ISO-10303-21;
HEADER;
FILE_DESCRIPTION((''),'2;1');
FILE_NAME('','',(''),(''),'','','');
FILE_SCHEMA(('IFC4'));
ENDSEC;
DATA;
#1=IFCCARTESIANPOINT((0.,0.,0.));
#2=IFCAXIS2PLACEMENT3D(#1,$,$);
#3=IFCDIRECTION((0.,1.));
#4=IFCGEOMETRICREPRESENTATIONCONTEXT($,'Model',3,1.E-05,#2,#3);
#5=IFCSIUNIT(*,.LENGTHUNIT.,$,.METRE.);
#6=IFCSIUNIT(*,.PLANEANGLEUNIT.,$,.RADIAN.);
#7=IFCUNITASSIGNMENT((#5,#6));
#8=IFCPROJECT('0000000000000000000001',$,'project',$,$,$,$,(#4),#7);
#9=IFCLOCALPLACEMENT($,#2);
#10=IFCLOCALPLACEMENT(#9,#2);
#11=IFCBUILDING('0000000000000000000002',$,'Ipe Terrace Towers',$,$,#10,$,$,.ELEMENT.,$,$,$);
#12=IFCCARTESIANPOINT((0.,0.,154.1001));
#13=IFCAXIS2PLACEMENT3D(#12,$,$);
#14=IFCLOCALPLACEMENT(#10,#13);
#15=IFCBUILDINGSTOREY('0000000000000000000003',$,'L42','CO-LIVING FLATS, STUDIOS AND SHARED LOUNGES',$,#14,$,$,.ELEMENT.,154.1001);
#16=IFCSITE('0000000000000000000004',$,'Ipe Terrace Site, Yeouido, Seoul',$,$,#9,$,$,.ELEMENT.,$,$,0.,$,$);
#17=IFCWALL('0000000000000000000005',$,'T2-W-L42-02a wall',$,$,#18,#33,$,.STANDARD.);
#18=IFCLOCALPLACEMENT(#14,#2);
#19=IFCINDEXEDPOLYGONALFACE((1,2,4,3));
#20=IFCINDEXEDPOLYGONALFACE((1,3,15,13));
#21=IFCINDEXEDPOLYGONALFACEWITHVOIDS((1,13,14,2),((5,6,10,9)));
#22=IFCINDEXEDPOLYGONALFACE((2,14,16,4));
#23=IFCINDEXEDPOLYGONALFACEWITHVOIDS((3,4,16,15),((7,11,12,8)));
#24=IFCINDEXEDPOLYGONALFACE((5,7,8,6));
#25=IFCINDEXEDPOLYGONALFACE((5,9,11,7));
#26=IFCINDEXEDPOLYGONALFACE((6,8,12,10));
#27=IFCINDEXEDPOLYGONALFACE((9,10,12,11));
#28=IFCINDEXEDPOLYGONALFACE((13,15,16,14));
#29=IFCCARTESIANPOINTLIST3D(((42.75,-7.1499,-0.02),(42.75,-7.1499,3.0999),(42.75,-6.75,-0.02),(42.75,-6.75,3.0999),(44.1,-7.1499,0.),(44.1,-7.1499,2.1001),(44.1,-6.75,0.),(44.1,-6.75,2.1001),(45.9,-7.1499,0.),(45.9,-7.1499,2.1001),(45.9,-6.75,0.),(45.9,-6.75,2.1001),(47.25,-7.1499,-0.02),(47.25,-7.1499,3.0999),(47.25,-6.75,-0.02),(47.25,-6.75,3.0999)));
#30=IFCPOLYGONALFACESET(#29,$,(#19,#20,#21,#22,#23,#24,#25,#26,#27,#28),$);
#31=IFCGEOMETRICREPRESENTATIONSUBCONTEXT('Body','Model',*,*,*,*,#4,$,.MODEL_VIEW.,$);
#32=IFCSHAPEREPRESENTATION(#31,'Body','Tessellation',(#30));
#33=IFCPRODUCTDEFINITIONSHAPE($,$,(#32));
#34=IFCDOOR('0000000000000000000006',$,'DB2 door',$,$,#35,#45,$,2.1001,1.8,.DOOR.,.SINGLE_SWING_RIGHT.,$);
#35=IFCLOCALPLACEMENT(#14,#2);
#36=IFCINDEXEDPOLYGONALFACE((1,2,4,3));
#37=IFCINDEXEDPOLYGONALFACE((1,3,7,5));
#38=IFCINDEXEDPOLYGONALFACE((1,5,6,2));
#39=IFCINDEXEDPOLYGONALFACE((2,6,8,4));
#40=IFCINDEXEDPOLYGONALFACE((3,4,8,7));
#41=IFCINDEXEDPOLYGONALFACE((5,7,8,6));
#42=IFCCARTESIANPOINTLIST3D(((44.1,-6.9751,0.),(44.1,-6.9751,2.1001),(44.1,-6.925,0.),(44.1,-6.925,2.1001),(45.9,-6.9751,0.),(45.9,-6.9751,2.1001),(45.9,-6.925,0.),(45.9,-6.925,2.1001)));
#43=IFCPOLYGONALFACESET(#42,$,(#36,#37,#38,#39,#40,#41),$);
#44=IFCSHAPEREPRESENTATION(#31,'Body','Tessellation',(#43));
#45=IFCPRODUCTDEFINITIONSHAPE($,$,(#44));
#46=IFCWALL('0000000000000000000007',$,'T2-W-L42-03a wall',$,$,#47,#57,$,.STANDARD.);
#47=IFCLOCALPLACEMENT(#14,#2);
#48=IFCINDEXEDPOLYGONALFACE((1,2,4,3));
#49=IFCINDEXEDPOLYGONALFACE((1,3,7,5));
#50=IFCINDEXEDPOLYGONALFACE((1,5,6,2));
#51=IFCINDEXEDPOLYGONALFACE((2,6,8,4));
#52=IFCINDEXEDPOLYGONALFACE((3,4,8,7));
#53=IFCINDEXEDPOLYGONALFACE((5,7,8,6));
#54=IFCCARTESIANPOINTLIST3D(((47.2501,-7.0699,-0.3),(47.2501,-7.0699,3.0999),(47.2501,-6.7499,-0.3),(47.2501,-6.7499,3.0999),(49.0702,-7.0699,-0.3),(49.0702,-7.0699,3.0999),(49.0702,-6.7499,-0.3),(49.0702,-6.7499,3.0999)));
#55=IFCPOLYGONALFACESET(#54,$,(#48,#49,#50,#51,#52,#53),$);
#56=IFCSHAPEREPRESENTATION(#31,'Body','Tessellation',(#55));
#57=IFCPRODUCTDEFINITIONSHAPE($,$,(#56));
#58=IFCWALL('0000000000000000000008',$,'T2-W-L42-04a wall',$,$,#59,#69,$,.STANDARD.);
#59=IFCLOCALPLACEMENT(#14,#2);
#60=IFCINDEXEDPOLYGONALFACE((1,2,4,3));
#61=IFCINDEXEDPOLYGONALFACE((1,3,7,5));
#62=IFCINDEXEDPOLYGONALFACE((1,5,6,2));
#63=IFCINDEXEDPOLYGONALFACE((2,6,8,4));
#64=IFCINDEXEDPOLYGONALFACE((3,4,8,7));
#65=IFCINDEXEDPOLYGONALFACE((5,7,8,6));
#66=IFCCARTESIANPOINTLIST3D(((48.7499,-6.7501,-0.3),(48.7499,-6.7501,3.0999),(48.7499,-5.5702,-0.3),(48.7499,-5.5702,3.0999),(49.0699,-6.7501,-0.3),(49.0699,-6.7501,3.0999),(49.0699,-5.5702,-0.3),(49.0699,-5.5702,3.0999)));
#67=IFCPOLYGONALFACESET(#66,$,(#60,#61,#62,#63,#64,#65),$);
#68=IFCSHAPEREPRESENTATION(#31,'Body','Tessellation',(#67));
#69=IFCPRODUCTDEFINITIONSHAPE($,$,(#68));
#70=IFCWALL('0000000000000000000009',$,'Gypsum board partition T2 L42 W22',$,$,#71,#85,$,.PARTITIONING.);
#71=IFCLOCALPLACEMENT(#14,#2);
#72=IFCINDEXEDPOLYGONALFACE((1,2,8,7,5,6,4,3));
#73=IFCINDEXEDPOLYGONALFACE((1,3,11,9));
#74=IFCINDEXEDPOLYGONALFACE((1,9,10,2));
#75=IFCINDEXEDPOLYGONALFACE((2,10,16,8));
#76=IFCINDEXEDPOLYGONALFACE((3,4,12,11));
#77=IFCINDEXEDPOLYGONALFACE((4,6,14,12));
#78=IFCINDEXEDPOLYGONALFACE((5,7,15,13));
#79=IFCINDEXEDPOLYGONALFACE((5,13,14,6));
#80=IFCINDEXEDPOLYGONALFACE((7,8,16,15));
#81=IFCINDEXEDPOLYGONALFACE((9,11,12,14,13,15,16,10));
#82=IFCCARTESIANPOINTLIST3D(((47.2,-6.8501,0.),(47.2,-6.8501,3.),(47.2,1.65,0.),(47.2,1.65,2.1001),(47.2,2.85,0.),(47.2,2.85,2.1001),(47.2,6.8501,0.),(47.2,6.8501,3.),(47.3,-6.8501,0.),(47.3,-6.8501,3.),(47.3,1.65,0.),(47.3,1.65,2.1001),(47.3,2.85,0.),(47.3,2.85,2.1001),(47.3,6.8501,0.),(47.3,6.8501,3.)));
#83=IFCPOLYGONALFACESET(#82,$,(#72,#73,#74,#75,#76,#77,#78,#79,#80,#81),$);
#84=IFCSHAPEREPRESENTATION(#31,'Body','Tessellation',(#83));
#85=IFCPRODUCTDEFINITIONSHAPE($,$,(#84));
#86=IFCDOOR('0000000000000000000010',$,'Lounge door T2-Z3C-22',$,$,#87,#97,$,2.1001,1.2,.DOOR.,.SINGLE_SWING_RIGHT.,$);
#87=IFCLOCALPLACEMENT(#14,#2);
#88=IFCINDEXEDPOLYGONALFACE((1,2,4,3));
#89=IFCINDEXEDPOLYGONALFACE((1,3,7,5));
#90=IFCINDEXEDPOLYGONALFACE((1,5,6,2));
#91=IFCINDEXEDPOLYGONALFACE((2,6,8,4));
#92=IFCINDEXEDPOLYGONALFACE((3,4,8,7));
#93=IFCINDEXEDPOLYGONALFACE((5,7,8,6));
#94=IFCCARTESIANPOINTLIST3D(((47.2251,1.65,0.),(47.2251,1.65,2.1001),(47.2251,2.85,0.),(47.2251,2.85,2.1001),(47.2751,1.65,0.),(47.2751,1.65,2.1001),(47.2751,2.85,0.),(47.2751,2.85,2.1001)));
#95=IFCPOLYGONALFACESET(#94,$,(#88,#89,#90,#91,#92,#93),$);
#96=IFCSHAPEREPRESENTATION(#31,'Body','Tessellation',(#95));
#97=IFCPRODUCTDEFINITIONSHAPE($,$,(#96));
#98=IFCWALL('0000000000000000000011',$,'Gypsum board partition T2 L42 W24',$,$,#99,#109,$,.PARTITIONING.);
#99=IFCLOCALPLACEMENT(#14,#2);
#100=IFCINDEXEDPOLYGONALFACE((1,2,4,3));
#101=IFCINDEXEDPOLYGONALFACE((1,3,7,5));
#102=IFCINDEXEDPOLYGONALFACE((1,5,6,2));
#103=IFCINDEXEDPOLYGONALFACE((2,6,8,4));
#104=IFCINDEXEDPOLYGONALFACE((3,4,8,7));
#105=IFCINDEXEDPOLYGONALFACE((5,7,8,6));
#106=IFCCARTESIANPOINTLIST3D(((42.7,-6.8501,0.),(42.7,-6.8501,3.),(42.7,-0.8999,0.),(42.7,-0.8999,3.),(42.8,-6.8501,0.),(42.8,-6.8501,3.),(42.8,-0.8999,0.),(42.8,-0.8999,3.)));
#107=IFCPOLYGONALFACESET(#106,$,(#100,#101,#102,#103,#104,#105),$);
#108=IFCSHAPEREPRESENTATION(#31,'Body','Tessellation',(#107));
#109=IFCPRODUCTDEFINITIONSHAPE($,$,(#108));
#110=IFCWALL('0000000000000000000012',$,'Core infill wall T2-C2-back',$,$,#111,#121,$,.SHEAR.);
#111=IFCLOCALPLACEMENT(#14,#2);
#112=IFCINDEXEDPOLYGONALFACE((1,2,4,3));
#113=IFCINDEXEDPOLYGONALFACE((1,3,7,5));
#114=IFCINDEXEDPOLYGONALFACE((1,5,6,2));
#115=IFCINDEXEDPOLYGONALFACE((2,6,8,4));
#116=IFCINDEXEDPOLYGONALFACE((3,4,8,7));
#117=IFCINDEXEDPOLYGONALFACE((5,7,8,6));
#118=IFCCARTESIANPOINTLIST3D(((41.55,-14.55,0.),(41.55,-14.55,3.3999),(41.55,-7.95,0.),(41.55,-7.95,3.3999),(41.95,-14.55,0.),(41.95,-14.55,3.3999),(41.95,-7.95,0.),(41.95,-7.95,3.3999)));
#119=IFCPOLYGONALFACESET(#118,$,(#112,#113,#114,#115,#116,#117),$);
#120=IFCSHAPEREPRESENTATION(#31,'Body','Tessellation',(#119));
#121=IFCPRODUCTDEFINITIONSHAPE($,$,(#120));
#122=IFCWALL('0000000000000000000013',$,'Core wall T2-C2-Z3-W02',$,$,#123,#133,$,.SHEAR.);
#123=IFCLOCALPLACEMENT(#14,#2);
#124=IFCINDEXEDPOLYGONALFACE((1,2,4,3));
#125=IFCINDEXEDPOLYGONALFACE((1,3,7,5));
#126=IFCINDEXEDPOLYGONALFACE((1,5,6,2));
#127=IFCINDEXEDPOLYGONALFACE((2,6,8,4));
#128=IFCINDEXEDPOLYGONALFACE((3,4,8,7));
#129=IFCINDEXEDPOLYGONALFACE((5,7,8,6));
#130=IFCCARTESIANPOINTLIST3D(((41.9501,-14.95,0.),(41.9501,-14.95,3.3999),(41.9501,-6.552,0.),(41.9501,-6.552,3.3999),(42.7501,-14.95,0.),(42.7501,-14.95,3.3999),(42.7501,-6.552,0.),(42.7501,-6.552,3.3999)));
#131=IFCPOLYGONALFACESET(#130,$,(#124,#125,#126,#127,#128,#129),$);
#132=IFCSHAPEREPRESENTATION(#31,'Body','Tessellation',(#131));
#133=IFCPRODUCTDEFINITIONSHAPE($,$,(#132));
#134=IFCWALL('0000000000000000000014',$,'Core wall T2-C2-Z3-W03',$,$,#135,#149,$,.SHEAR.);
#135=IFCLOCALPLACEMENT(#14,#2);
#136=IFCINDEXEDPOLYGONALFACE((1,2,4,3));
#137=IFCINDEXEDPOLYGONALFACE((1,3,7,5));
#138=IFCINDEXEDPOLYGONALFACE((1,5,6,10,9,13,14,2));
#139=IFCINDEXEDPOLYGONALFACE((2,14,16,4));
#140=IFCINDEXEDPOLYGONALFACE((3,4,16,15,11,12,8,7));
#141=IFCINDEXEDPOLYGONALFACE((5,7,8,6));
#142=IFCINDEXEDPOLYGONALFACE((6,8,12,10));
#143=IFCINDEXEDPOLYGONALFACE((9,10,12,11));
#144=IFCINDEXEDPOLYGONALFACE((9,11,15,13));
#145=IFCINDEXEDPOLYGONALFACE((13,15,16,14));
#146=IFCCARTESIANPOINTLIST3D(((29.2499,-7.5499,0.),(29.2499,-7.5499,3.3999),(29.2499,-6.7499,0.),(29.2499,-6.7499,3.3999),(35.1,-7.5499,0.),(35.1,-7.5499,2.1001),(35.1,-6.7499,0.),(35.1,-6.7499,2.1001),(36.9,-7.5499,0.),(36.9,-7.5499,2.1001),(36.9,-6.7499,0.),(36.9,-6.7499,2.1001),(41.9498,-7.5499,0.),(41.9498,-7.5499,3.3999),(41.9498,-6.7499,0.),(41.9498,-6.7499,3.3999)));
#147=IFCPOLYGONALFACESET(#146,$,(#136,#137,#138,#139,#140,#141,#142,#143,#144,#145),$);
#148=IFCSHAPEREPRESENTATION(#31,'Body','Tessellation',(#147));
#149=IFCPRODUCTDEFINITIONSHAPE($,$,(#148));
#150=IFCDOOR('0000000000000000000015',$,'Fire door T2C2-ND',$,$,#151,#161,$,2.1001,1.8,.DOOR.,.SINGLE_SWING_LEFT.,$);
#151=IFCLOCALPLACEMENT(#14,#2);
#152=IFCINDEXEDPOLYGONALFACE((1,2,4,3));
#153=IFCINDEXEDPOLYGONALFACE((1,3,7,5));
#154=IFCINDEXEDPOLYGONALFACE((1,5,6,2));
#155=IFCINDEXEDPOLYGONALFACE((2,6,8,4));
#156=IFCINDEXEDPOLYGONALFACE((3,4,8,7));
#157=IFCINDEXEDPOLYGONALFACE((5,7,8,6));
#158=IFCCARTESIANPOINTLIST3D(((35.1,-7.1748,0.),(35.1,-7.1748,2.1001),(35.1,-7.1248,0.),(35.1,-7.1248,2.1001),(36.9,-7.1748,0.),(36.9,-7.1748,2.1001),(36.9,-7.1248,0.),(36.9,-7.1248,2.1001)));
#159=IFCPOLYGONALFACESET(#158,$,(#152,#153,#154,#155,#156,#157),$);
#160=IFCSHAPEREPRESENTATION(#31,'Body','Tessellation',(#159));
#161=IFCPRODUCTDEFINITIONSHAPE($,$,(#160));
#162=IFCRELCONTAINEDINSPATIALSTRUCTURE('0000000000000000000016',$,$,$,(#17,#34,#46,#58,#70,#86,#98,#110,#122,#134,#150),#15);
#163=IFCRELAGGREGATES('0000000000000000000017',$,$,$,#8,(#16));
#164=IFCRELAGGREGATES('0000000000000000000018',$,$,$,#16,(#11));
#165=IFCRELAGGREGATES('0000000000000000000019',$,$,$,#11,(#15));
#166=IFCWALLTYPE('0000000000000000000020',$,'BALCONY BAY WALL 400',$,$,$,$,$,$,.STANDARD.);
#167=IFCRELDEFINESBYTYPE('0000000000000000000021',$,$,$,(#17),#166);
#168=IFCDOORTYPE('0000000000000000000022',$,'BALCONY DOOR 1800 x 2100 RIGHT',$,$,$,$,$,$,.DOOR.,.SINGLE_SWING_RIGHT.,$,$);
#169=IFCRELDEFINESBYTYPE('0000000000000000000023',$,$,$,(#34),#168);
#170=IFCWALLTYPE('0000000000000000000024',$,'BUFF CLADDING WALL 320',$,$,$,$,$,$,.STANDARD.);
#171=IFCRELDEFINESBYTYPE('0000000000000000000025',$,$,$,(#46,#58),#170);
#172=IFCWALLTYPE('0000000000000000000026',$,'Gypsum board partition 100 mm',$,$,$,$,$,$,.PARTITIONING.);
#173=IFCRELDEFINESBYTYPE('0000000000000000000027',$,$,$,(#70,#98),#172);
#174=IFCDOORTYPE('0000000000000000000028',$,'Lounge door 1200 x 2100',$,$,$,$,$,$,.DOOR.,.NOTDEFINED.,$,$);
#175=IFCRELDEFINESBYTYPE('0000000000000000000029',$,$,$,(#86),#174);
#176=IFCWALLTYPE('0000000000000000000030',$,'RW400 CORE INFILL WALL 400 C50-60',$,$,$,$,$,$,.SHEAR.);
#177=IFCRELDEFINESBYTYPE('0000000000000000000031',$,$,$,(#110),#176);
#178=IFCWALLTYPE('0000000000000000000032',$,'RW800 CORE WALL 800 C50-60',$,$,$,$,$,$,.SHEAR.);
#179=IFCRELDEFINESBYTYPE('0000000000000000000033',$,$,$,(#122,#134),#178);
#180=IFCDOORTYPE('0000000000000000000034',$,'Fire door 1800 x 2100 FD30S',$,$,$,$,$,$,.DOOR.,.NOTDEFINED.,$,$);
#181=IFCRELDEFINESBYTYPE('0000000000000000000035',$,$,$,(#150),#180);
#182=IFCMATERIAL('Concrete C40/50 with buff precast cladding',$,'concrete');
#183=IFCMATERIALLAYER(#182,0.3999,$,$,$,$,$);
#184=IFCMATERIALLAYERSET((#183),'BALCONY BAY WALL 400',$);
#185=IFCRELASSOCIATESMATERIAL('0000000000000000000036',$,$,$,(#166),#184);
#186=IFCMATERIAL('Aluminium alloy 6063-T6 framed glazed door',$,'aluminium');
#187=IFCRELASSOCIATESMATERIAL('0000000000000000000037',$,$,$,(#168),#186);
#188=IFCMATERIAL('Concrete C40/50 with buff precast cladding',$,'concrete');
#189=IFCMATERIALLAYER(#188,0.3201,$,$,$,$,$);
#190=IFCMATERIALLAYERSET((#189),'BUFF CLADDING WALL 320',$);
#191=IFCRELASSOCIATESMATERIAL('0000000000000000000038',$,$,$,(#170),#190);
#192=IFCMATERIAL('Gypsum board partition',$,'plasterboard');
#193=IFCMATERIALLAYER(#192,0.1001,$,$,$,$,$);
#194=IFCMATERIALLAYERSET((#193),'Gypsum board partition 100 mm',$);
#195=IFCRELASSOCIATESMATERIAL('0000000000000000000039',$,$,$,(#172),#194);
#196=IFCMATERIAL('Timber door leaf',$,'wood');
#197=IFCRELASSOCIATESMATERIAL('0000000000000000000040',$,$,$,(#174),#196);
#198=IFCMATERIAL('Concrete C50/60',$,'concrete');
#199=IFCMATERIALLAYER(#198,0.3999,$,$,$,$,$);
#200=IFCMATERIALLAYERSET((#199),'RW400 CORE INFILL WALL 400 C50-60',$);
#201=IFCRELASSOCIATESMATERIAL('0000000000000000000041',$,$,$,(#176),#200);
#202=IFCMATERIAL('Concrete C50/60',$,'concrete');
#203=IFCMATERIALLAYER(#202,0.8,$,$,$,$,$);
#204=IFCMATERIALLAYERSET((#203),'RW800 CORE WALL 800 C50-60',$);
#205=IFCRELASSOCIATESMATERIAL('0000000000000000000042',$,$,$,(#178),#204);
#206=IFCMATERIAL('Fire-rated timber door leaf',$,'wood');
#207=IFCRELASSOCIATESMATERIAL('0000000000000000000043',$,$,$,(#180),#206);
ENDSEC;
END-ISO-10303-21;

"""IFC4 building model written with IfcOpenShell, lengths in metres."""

from ifc_helpers import new_model, si_unit, direction, frame, frame_2d, origin, place, context, subcontext, project, spatial, rectangle, extrude, material, layer, layer_set, type_object, element, fill, save


model = new_model("IFC4")

# Units and contexts
model_context = context("Model", 3, precision=1e-05, world=origin(), true_north=direction((0.0, 1.0)))
body_context = subcontext(model_context, "Body", "Model", "MODEL_VIEW")
ifc_project = project(units=[si_unit("LENGTHUNIT", "METRE"), si_unit("PLANEANGLEUNIT", "RADIAN")], contexts=[model_context])

# Site, building, storey
site_placement = place(None, origin())
site = spatial("IfcSite", under=ifc_project, at=site_placement, Name="Ipe Terrace Site, Yeouido, Seoul", CompositionType="ELEMENT", RefElevation=0.0)
building_placement = place(site_placement, origin())
building = spatial("IfcBuilding", under=site, at=building_placement, Name="Ipe Terrace Towers", CompositionType="ELEMENT")
storey_placement = place(building_placement, frame((0.0, 0.0, 154.1001)))
storey = spatial("IfcBuildingStorey", under=building, at=storey_placement, Name="L42", Description="CO-LIVING FLATS, STUDIOS AND SHARED LOUNGES", CompositionType="ELEMENT", Elevation=154.1001)

# Wall, opening, door
ifc_material_1 = material(Name="Concrete C40/50 with buff precast cladding", Category="concrete")
ifc_layer_1 = layer(ifc_material_1, 0.3999)
ifc_layer_set_1 = layer_set([ifc_layer_1], Name="BALCONY BAY WALL 400")
wall_type_1 = type_object("IfcWallType", Name="BALCONY BAY WALL 400", PredefinedType="STANDARD", material=ifc_layer_set_1)
wall_1_placement = place(storey_placement, frame((42.75, -6.95, -0.02), z_axis=(0.0, 0.0, 1.0), x_axis=(1.0, 0.0, 0.0)))
wall_1 = element("IfcWall", 1, at=wall_1_placement, inside=storey, type_object=wall_type_1, Name="T2-W-L42-02a wall", PredefinedType="STANDARD", context=body_context, shape_type="SweptSolid", body=[
    extrude(rectangle(XDim=4.5, YDim=0.3999, at=frame_2d((2.25, 0.0))), origin(), (0.0, 0.0, 1.0), 3.1199),
])
opening_1_placement = place(wall_1_placement, frame((1.3501, 0.0, 0.02)))
opening_1 = element("IfcOpeningElement", 2, at=opening_1_placement, cuts=wall_1, PredefinedType="OPENING", context=body_context, shape_type="SweptSolid", body=[
    extrude(rectangle(XDim=1.8, YDim=2.1001, at=frame_2d((0.8999, 1.05))), frame((0.0, 0.21, 0.0), z_axis=(0.0, -1.0, 0.0), x_axis=(1.0, 0.0, 0.0)), (0.0, 0.0, 1.0), 0.4199),
])
ifc_material_2 = material(Name="Aluminium alloy 6063-T6 framed glazed door", Category="aluminium")
door_type_1 = type_object("IfcDoorType", Name="BALCONY DOOR 1800 x 2100 RIGHT", OperationType="SINGLE_SWING_RIGHT", PredefinedType="DOOR", material=ifc_material_2)
door_1_placement = place(opening_1_placement, origin())
door_1 = element("IfcDoor", 3, at=door_1_placement, inside=storey, type_object=door_type_1, Name="DB2 door", OperationType="SINGLE_SWING_RIGHT", OverallHeight=2.1001, OverallWidth=1.8, PredefinedType="DOOR", context=body_context, shape_type="SweptSolid", body=[
    extrude(rectangle(XDim=1.8, YDim=2.1001, at=frame_2d((0.8999, 1.05))), frame((0.0, 0.0249, 0.0), z_axis=(0.0, -1.0, 0.0), x_axis=(1.0, 0.0, 0.0)), (0.0, 0.0, 1.0), 0.05),
])
fill(opening_1, door_1)

# Walls
ifc_material_3 = material(Name="Concrete C40/50 with buff precast cladding", Category="concrete")
ifc_layer_2 = layer(ifc_material_3, 0.3201)
ifc_layer_set_2 = layer_set([ifc_layer_2], Name="BUFF CLADDING WALL 320")
wall_type_2 = type_object("IfcWallType", Name="BUFF CLADDING WALL 320", PredefinedType="STANDARD", material=ifc_layer_set_2)
wall_2_placement = place(storey_placement, frame((47.25, -6.9099, -0.3), z_axis=(0.0, 0.0, 1.0), x_axis=(1.0, 0.0, 0.0)))
element("IfcWall", 4, at=wall_2_placement, inside=storey, type_object=wall_type_2, Name="T2-W-L42-03a wall", PredefinedType="STANDARD", context=body_context, shape_type="SweptSolid", body=[
    extrude(rectangle(XDim=1.8201, YDim=0.3201, at=frame_2d((0.9102, 0.0))), origin(), (0.0, 0.0, 1.0), 3.3999),
])
wall_3_placement = place(storey_placement, frame((48.9099, -6.75, -0.3), z_axis=(0.0, 0.0, 1.0), x_axis=(0.0, 1.0, 0.0)))
element("IfcWall", 5, at=wall_3_placement, inside=storey, type_object=wall_type_2, Name="T2-W-L42-04a wall", PredefinedType="STANDARD", context=body_context, shape_type="SweptSolid", body=[
    extrude(rectangle(XDim=1.1799, YDim=0.3201, at=frame_2d((0.5898, 0.0))), origin(), (0.0, 0.0, 1.0), 3.3999),
])

# Wall, opening, door
ifc_material_4 = material(Name="Gypsum board partition", Category="plasterboard")
ifc_layer_3 = layer(ifc_material_4, 0.1001)
ifc_layer_set_3 = layer_set([ifc_layer_3], Name="Gypsum board partition 100 mm")
wall_type_3 = type_object("IfcWallType", Name="Gypsum board partition 100 mm", PredefinedType="PARTITIONING", material=ifc_layer_set_3)
wall_4_placement = place(storey_placement, frame((47.25, -6.8501, 0.0), z_axis=(0.0, 0.0, 1.0), x_axis=(0.0, 1.0, 0.0)))
wall_4 = element("IfcWall", 6, at=wall_4_placement, inside=storey, type_object=wall_type_3, Name="Gypsum board partition T2 L42 W22", PredefinedType="PARTITIONING", context=body_context, shape_type="SweptSolid", body=[
    extrude(rectangle(XDim=13.7002, YDim=0.1001, at=frame_2d((6.8501, 0.0))), origin(), (0.0, 0.0, 1.0), 3.0),
])
opening_2_placement = place(wall_4_placement, frame((8.5, 0.0, 0.0)))
opening_2 = element("IfcOpeningElement", 7, at=opening_2_placement, cuts=wall_4, PredefinedType="OPENING", context=body_context, shape_type="SweptSolid", body=[
    extrude(rectangle(XDim=1.2, YDim=2.1001, at=frame_2d((0.6001, 1.05))), frame((0.0, 0.0601, 0.0), z_axis=(0.0, -1.0, 0.0), x_axis=(1.0, 0.0, 0.0)), (0.0, 0.0, 1.0), 0.1201),
])
ifc_material_5 = material(Name="Timber door leaf", Category="wood")
door_type_2 = type_object("IfcDoorType", Name="Lounge door 1200 x 2100", OperationType="NOTDEFINED", PredefinedType="DOOR", material=ifc_material_5)
door_2_placement = place(opening_2_placement, origin())
door_2 = element("IfcDoor", 8, at=door_2_placement, inside=storey, type_object=door_type_2, Name="Lounge door T2-Z3C-22", OperationType="SINGLE_SWING_RIGHT", OverallHeight=2.1001, OverallWidth=1.2, PredefinedType="DOOR", context=body_context, shape_type="SweptSolid", body=[
    extrude(rectangle(XDim=1.2, YDim=2.1001, at=frame_2d((0.6001, 1.05))), frame((0.0, 0.0249, 0.0), z_axis=(0.0, -1.0, 0.0), x_axis=(1.0, 0.0, 0.0)), (0.0, 0.0, 1.0), 0.05),
])
fill(opening_2, door_2)

# Walls
wall_5_placement = place(storey_placement, frame((42.75, -6.8501, 0.0), z_axis=(0.0, 0.0, 1.0), x_axis=(0.0, 1.0, 0.0)))
element("IfcWall", 9, at=wall_5_placement, inside=storey, type_object=wall_type_3, Name="Gypsum board partition T2 L42 W24", PredefinedType="PARTITIONING", context=body_context, shape_type="SweptSolid", body=[
    extrude(rectangle(XDim=5.9502, YDim=0.1001, at=frame_2d((2.9751, 0.0))), origin(), (0.0, 0.0, 1.0), 3.0),
])
ifc_material_6 = material(Name="Concrete C50/60", Category="concrete")
ifc_layer_4 = layer(ifc_material_6, 0.3999)
ifc_layer_set_4 = layer_set([ifc_layer_4], Name="RW400 CORE INFILL WALL 400 C50-60")
wall_type_4 = type_object("IfcWallType", Name="RW400 CORE INFILL WALL 400 C50-60", PredefinedType="SHEAR", material=ifc_layer_set_4)
wall_6_placement = place(storey_placement, frame((41.75, -7.95, 0.0), z_axis=(0.0, 0.0, 1.0), x_axis=(0.0, -1.0, 0.0)))
element("IfcWall", 10, at=wall_6_placement, inside=storey, type_object=wall_type_4, Name="Core infill wall T2-C2-back", PredefinedType="SHEAR", context=body_context, shape_type="SweptSolid", body=[
    extrude(rectangle(XDim=6.6001, YDim=0.3999, at=frame_2d((3.3, 0.0))), origin(), (0.0, 0.0, 1.0), 3.3999),
])
ifc_material_7 = material(Name="Concrete C50/60", Category="concrete")
ifc_layer_5 = layer(ifc_material_7, 0.8)
ifc_layer_set_5 = layer_set([ifc_layer_5], Name="RW800 CORE WALL 800 C50-60")
wall_type_5 = type_object("IfcWallType", Name="RW800 CORE WALL 800 C50-60", PredefinedType="SHEAR", material=ifc_layer_set_5)
wall_7_placement = place(storey_placement, frame((42.3501, -14.95, 0.0), z_axis=(0.0, 0.0, 1.0), x_axis=(0.0, 1.0, 0.0)))
element("IfcWall", 11, at=wall_7_placement, inside=storey, type_object=wall_type_5, Name="Core wall T2-C2-Z3-W02", PredefinedType="SHEAR", context=body_context, shape_type="SweptSolid", body=[
    extrude(rectangle(XDim=8.3979, YDim=0.8, at=frame_2d((4.199, 0.0))), origin(), (0.0, 0.0, 1.0), 3.3999),
])

# Wall, opening, door
wall_8_placement = place(storey_placement, frame((41.95, -7.1499, 0.0), z_axis=(0.0, 0.0, 1.0), x_axis=(-1.0, 0.0, 0.0)))
wall_8 = element("IfcWall", 12, at=wall_8_placement, inside=storey, type_object=wall_type_5, Name="Core wall T2-C2-Z3-W03", PredefinedType="SHEAR", context=body_context, shape_type="SweptSolid", body=[
    extrude(rectangle(XDim=12.7, YDim=0.8, at=frame_2d((6.3501, 0.0))), origin(), (0.0, 0.0, 1.0), 3.3999),
])
opening_3_placement = place(wall_8_placement, frame((5.05, 0.0, 0.0)))
opening_3 = element("IfcOpeningElement", 13, at=opening_3_placement, cuts=wall_8, PredefinedType="OPENING", context=body_context, shape_type="SweptSolid", body=[
    extrude(rectangle(XDim=1.8, YDim=2.1001, at=frame_2d((0.8999, 1.05))), frame((0.0, 0.4102, 0.0), z_axis=(0.0, -1.0, 0.0), x_axis=(1.0, 0.0, 0.0)), (0.0, 0.0, 1.0), 0.8201),
])
ifc_material_8 = material(Name="Fire-rated timber door leaf", Category="wood")
door_type_3 = type_object("IfcDoorType", Name="Fire door 1800 x 2100 FD30S", OperationType="NOTDEFINED", PredefinedType="DOOR", material=ifc_material_8)
door_3_placement = place(opening_3_placement, origin())
door_3 = element("IfcDoor", 14, at=door_3_placement, inside=storey, type_object=door_type_3, Name="Fire door T2C2-ND", OperationType="SINGLE_SWING_LEFT", OverallHeight=2.1001, OverallWidth=1.8, PredefinedType="DOOR", context=body_context, shape_type="SweptSolid", body=[
    extrude(rectangle(XDim=1.8, YDim=2.1001, at=frame_2d((0.8999, 1.05))), frame((0.0, 0.0249, 0.0), z_axis=(0.0, -1.0, 0.0), x_axis=(1.0, 0.0, 0.0)), (0.0, 0.0, 1.0), 0.05),
])
fill(opening_3, door_3)

save(model, "model.ifc")
